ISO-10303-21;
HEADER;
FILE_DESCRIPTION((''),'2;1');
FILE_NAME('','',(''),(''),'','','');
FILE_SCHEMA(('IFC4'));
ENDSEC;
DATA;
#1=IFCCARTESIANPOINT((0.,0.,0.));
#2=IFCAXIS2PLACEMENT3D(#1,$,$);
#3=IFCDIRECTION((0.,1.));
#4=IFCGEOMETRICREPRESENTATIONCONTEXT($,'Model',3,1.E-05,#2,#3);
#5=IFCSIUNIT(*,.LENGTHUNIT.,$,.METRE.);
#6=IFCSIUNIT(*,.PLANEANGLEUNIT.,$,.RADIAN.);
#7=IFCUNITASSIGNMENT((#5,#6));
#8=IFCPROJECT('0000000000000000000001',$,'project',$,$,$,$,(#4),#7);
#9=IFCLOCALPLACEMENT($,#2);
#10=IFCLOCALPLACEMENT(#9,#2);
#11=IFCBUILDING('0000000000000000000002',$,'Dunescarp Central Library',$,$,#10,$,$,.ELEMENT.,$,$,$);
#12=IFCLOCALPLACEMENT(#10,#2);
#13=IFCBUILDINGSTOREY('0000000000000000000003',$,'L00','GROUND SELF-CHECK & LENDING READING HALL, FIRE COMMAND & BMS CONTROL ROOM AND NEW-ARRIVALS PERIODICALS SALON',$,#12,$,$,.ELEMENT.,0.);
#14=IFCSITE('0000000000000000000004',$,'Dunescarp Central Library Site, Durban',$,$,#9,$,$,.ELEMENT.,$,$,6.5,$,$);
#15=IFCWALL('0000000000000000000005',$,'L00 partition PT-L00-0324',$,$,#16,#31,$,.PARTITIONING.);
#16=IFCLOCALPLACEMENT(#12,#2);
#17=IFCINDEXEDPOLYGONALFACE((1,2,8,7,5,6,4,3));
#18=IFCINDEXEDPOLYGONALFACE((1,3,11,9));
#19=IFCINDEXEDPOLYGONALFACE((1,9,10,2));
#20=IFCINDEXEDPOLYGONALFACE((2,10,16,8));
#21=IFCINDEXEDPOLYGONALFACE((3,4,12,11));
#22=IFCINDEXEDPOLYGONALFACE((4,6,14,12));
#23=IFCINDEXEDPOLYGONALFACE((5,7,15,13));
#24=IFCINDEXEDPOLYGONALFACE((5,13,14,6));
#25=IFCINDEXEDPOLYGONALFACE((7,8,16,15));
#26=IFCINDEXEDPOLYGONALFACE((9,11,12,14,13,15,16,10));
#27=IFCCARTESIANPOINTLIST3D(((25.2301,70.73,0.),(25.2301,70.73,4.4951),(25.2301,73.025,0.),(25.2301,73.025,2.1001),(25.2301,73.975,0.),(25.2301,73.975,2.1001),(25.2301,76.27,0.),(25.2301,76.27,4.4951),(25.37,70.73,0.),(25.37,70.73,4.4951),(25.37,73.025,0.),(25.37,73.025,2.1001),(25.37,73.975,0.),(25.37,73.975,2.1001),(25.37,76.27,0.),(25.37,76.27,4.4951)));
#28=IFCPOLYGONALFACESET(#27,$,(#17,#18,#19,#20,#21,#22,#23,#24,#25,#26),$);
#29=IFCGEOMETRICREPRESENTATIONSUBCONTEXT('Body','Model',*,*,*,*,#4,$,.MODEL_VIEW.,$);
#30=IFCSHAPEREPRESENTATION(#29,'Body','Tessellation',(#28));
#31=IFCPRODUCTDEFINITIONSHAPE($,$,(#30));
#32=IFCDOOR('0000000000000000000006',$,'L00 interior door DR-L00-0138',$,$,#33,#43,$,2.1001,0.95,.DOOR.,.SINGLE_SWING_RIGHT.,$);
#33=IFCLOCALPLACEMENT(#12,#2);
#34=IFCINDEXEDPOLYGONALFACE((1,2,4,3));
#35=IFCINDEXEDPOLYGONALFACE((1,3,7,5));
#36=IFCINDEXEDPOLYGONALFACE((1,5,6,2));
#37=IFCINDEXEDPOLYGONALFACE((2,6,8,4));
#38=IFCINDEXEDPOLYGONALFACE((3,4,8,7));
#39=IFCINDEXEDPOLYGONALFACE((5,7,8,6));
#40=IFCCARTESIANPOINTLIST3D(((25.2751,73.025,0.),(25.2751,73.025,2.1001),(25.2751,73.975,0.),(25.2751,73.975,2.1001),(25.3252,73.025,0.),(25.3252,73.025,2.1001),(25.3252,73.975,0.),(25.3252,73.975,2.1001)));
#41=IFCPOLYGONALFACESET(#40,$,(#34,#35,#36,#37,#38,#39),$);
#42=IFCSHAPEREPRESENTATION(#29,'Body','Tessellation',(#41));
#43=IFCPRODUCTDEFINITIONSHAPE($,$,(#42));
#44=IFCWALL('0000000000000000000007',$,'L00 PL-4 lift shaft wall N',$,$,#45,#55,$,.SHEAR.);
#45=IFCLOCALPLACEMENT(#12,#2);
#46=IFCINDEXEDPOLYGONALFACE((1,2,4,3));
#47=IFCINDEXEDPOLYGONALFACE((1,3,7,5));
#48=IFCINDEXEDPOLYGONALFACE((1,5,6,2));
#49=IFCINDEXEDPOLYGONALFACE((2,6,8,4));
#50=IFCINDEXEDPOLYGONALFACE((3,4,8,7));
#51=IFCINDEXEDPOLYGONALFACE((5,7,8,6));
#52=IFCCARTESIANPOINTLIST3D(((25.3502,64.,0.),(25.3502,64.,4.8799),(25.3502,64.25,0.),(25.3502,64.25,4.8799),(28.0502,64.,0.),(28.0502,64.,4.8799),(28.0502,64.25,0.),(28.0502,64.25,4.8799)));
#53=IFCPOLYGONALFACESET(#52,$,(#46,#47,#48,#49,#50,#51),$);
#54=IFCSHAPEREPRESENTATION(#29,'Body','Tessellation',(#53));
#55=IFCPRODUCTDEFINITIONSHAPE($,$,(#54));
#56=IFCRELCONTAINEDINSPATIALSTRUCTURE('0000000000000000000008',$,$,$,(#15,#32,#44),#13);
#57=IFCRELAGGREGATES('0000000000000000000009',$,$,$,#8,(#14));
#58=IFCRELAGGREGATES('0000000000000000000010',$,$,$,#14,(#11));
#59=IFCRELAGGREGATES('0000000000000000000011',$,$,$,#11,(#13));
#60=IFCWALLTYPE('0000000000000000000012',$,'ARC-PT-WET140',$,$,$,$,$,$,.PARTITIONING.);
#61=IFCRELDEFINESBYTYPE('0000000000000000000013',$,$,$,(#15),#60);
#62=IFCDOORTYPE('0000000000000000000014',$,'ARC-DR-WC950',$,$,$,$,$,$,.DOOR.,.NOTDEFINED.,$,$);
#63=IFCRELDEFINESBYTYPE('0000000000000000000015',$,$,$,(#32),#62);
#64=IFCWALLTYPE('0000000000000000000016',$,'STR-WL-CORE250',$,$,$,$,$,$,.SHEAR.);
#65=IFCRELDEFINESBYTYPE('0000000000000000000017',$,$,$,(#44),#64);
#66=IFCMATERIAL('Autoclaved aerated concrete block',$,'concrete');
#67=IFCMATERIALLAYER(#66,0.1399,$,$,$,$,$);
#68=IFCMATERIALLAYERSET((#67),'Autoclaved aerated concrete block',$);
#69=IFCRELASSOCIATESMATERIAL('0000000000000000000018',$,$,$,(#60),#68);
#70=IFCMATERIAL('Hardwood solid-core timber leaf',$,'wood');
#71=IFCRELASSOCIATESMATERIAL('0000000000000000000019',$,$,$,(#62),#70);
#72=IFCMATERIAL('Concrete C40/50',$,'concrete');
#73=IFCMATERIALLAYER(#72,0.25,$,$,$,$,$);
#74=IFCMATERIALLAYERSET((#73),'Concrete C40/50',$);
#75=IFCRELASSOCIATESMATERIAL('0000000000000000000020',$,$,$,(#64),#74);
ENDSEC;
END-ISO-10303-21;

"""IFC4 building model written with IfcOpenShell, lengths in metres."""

from ifc_helpers import new_model, si_unit, direction, frame, frame_2d, origin, place, context, subcontext, project, spatial, rectangle, extrude, material, layer, layer_set, type_object, element, fill, save


model = new_model("IFC4")

# Units and contexts
model_context = context("Model", 3, precision=1e-05, world=origin(), true_north=direction((0.0, 1.0)))
body_context = subcontext(model_context, "Body", "Model", "MODEL_VIEW")
ifc_project = project(units=[si_unit("LENGTHUNIT", "METRE"), si_unit("PLANEANGLEUNIT", "RADIAN")], contexts=[model_context])

# Site, building, storey
site_placement = place(None, origin())
site = spatial("IfcSite", under=ifc_project, at=site_placement, Name="Dunescarp Central Library Site, Durban", CompositionType="ELEMENT", RefElevation=6.5)
building_placement = place(site_placement, origin())
building = spatial("IfcBuilding", under=site, at=building_placement, Name="Dunescarp Central Library", CompositionType="ELEMENT")
storey_placement = place(building_placement, origin())
storey = spatial("IfcBuildingStorey", under=building, at=storey_placement, Name="L00", Description="GROUND SELF-CHECK & LENDING READING HALL, FIRE COMMAND & BMS CONTROL ROOM AND NEW-ARRIVALS PERIODICALS SALON", CompositionType="ELEMENT", Elevation=0.0)

# Shared definitions
ifc_material_1 = material(Name="Concrete C40/50", Category="concrete")

# Shared definitions
ifc_material_2 = material(Name="Hardwood solid-core timber leaf", Category="wood")

# Shared definitions
ifc_material_3 = material(Name="Autoclaved aerated concrete block", Category="concrete")
ifc_layer_1 = layer(ifc_material_3, 0.1399)
ifc_layer_set_1 = layer_set([ifc_layer_1], Name="Autoclaved aerated concrete block")
wall_type_1 = type_object("IfcWallType", Name="ARC-PT-WET140", PredefinedType="PARTITIONING", material=ifc_layer_set_1)

# Wall, opening, door
wall_1_placement = place(storey_placement, frame((25.3, 70.73, 0.0), z_axis=(0.0, 0.0, 1.0), x_axis=(0.0, 1.0, 0.0)))
wall_1 = element("IfcWall", 1, at=wall_1_placement, inside=storey, type_object=wall_type_1, Name="L00 partition PT-L00-0324", PredefinedType="PARTITIONING", context=body_context, shape_type="SweptSolid", body=[
    extrude(rectangle(XDim=5.54, YDim=0.1399, at=frame_2d((2.77, 0.0))), origin(), (0.0, 0.0, 1.0), 4.4951),
])
opening_1_placement = place(wall_1_placement, frame((2.2949, 0.0, 0.0)))
opening_1 = element("IfcOpeningElement", 2, at=opening_1_placement, cuts=wall_1, PredefinedType="OPENING", context=body_context, shape_type="SweptSolid", body=[
    extrude(rectangle(XDim=0.95, YDim=2.1001, at=frame_2d((0.4751, 1.05))), frame((0.0, 0.0801, 0.0), z_axis=(0.0, -1.0, 0.0), x_axis=(1.0, 0.0, 0.0)), (0.0, 0.0, 1.0), 0.1599),
])
door_type_1 = type_object("IfcDoorType", Name="ARC-DR-WC950", OperationType="NOTDEFINED", PredefinedType="DOOR", material=ifc_material_2)
door_1_placement = place(opening_1_placement, origin())
door_1 = element("IfcDoor", 3, at=door_1_placement, inside=storey, type_object=door_type_1, Name="L00 interior door DR-L00-0138", OperationType="SINGLE_SWING_RIGHT", OverallHeight=2.1001, OverallWidth=0.95, PredefinedType="DOOR", context=body_context, shape_type="SweptSolid", body=[
    extrude(rectangle(XDim=0.95, YDim=2.1001, at=frame_2d((0.4751, 1.05))), frame((0.0, 0.0249, 0.0), z_axis=(0.0, -1.0, 0.0), x_axis=(1.0, 0.0, 0.0)), (0.0, 0.0, 1.0), 0.05),
])
fill(opening_1, door_1)

# Wall
ifc_layer_2 = layer(ifc_material_1, 0.25)
ifc_layer_set_2 = layer_set([ifc_layer_2], Name="Concrete C40/50")
wall_type_2 = type_object("IfcWallType", Name="STR-WL-CORE250", PredefinedType="SHEAR", material=ifc_layer_set_2)
wall_2_placement = place(storey_placement, frame((25.3501, 64.125, 0.0), z_axis=(0.0, 0.0, 1.0), x_axis=(1.0, 0.0, 0.0)))
element("IfcWall", 4, at=wall_2_placement, inside=storey, type_object=wall_type_2, Name="L00 PL-4 lift shaft wall N", PredefinedType="SHEAR", context=body_context, shape_type="SweptSolid", body=[
    extrude(rectangle(XDim=2.7, YDim=0.25, at=frame_2d((1.3501, 0.0))), origin(), (0.0, 0.0, 1.0), 4.8799),
])

save(model, "model.ifc")
